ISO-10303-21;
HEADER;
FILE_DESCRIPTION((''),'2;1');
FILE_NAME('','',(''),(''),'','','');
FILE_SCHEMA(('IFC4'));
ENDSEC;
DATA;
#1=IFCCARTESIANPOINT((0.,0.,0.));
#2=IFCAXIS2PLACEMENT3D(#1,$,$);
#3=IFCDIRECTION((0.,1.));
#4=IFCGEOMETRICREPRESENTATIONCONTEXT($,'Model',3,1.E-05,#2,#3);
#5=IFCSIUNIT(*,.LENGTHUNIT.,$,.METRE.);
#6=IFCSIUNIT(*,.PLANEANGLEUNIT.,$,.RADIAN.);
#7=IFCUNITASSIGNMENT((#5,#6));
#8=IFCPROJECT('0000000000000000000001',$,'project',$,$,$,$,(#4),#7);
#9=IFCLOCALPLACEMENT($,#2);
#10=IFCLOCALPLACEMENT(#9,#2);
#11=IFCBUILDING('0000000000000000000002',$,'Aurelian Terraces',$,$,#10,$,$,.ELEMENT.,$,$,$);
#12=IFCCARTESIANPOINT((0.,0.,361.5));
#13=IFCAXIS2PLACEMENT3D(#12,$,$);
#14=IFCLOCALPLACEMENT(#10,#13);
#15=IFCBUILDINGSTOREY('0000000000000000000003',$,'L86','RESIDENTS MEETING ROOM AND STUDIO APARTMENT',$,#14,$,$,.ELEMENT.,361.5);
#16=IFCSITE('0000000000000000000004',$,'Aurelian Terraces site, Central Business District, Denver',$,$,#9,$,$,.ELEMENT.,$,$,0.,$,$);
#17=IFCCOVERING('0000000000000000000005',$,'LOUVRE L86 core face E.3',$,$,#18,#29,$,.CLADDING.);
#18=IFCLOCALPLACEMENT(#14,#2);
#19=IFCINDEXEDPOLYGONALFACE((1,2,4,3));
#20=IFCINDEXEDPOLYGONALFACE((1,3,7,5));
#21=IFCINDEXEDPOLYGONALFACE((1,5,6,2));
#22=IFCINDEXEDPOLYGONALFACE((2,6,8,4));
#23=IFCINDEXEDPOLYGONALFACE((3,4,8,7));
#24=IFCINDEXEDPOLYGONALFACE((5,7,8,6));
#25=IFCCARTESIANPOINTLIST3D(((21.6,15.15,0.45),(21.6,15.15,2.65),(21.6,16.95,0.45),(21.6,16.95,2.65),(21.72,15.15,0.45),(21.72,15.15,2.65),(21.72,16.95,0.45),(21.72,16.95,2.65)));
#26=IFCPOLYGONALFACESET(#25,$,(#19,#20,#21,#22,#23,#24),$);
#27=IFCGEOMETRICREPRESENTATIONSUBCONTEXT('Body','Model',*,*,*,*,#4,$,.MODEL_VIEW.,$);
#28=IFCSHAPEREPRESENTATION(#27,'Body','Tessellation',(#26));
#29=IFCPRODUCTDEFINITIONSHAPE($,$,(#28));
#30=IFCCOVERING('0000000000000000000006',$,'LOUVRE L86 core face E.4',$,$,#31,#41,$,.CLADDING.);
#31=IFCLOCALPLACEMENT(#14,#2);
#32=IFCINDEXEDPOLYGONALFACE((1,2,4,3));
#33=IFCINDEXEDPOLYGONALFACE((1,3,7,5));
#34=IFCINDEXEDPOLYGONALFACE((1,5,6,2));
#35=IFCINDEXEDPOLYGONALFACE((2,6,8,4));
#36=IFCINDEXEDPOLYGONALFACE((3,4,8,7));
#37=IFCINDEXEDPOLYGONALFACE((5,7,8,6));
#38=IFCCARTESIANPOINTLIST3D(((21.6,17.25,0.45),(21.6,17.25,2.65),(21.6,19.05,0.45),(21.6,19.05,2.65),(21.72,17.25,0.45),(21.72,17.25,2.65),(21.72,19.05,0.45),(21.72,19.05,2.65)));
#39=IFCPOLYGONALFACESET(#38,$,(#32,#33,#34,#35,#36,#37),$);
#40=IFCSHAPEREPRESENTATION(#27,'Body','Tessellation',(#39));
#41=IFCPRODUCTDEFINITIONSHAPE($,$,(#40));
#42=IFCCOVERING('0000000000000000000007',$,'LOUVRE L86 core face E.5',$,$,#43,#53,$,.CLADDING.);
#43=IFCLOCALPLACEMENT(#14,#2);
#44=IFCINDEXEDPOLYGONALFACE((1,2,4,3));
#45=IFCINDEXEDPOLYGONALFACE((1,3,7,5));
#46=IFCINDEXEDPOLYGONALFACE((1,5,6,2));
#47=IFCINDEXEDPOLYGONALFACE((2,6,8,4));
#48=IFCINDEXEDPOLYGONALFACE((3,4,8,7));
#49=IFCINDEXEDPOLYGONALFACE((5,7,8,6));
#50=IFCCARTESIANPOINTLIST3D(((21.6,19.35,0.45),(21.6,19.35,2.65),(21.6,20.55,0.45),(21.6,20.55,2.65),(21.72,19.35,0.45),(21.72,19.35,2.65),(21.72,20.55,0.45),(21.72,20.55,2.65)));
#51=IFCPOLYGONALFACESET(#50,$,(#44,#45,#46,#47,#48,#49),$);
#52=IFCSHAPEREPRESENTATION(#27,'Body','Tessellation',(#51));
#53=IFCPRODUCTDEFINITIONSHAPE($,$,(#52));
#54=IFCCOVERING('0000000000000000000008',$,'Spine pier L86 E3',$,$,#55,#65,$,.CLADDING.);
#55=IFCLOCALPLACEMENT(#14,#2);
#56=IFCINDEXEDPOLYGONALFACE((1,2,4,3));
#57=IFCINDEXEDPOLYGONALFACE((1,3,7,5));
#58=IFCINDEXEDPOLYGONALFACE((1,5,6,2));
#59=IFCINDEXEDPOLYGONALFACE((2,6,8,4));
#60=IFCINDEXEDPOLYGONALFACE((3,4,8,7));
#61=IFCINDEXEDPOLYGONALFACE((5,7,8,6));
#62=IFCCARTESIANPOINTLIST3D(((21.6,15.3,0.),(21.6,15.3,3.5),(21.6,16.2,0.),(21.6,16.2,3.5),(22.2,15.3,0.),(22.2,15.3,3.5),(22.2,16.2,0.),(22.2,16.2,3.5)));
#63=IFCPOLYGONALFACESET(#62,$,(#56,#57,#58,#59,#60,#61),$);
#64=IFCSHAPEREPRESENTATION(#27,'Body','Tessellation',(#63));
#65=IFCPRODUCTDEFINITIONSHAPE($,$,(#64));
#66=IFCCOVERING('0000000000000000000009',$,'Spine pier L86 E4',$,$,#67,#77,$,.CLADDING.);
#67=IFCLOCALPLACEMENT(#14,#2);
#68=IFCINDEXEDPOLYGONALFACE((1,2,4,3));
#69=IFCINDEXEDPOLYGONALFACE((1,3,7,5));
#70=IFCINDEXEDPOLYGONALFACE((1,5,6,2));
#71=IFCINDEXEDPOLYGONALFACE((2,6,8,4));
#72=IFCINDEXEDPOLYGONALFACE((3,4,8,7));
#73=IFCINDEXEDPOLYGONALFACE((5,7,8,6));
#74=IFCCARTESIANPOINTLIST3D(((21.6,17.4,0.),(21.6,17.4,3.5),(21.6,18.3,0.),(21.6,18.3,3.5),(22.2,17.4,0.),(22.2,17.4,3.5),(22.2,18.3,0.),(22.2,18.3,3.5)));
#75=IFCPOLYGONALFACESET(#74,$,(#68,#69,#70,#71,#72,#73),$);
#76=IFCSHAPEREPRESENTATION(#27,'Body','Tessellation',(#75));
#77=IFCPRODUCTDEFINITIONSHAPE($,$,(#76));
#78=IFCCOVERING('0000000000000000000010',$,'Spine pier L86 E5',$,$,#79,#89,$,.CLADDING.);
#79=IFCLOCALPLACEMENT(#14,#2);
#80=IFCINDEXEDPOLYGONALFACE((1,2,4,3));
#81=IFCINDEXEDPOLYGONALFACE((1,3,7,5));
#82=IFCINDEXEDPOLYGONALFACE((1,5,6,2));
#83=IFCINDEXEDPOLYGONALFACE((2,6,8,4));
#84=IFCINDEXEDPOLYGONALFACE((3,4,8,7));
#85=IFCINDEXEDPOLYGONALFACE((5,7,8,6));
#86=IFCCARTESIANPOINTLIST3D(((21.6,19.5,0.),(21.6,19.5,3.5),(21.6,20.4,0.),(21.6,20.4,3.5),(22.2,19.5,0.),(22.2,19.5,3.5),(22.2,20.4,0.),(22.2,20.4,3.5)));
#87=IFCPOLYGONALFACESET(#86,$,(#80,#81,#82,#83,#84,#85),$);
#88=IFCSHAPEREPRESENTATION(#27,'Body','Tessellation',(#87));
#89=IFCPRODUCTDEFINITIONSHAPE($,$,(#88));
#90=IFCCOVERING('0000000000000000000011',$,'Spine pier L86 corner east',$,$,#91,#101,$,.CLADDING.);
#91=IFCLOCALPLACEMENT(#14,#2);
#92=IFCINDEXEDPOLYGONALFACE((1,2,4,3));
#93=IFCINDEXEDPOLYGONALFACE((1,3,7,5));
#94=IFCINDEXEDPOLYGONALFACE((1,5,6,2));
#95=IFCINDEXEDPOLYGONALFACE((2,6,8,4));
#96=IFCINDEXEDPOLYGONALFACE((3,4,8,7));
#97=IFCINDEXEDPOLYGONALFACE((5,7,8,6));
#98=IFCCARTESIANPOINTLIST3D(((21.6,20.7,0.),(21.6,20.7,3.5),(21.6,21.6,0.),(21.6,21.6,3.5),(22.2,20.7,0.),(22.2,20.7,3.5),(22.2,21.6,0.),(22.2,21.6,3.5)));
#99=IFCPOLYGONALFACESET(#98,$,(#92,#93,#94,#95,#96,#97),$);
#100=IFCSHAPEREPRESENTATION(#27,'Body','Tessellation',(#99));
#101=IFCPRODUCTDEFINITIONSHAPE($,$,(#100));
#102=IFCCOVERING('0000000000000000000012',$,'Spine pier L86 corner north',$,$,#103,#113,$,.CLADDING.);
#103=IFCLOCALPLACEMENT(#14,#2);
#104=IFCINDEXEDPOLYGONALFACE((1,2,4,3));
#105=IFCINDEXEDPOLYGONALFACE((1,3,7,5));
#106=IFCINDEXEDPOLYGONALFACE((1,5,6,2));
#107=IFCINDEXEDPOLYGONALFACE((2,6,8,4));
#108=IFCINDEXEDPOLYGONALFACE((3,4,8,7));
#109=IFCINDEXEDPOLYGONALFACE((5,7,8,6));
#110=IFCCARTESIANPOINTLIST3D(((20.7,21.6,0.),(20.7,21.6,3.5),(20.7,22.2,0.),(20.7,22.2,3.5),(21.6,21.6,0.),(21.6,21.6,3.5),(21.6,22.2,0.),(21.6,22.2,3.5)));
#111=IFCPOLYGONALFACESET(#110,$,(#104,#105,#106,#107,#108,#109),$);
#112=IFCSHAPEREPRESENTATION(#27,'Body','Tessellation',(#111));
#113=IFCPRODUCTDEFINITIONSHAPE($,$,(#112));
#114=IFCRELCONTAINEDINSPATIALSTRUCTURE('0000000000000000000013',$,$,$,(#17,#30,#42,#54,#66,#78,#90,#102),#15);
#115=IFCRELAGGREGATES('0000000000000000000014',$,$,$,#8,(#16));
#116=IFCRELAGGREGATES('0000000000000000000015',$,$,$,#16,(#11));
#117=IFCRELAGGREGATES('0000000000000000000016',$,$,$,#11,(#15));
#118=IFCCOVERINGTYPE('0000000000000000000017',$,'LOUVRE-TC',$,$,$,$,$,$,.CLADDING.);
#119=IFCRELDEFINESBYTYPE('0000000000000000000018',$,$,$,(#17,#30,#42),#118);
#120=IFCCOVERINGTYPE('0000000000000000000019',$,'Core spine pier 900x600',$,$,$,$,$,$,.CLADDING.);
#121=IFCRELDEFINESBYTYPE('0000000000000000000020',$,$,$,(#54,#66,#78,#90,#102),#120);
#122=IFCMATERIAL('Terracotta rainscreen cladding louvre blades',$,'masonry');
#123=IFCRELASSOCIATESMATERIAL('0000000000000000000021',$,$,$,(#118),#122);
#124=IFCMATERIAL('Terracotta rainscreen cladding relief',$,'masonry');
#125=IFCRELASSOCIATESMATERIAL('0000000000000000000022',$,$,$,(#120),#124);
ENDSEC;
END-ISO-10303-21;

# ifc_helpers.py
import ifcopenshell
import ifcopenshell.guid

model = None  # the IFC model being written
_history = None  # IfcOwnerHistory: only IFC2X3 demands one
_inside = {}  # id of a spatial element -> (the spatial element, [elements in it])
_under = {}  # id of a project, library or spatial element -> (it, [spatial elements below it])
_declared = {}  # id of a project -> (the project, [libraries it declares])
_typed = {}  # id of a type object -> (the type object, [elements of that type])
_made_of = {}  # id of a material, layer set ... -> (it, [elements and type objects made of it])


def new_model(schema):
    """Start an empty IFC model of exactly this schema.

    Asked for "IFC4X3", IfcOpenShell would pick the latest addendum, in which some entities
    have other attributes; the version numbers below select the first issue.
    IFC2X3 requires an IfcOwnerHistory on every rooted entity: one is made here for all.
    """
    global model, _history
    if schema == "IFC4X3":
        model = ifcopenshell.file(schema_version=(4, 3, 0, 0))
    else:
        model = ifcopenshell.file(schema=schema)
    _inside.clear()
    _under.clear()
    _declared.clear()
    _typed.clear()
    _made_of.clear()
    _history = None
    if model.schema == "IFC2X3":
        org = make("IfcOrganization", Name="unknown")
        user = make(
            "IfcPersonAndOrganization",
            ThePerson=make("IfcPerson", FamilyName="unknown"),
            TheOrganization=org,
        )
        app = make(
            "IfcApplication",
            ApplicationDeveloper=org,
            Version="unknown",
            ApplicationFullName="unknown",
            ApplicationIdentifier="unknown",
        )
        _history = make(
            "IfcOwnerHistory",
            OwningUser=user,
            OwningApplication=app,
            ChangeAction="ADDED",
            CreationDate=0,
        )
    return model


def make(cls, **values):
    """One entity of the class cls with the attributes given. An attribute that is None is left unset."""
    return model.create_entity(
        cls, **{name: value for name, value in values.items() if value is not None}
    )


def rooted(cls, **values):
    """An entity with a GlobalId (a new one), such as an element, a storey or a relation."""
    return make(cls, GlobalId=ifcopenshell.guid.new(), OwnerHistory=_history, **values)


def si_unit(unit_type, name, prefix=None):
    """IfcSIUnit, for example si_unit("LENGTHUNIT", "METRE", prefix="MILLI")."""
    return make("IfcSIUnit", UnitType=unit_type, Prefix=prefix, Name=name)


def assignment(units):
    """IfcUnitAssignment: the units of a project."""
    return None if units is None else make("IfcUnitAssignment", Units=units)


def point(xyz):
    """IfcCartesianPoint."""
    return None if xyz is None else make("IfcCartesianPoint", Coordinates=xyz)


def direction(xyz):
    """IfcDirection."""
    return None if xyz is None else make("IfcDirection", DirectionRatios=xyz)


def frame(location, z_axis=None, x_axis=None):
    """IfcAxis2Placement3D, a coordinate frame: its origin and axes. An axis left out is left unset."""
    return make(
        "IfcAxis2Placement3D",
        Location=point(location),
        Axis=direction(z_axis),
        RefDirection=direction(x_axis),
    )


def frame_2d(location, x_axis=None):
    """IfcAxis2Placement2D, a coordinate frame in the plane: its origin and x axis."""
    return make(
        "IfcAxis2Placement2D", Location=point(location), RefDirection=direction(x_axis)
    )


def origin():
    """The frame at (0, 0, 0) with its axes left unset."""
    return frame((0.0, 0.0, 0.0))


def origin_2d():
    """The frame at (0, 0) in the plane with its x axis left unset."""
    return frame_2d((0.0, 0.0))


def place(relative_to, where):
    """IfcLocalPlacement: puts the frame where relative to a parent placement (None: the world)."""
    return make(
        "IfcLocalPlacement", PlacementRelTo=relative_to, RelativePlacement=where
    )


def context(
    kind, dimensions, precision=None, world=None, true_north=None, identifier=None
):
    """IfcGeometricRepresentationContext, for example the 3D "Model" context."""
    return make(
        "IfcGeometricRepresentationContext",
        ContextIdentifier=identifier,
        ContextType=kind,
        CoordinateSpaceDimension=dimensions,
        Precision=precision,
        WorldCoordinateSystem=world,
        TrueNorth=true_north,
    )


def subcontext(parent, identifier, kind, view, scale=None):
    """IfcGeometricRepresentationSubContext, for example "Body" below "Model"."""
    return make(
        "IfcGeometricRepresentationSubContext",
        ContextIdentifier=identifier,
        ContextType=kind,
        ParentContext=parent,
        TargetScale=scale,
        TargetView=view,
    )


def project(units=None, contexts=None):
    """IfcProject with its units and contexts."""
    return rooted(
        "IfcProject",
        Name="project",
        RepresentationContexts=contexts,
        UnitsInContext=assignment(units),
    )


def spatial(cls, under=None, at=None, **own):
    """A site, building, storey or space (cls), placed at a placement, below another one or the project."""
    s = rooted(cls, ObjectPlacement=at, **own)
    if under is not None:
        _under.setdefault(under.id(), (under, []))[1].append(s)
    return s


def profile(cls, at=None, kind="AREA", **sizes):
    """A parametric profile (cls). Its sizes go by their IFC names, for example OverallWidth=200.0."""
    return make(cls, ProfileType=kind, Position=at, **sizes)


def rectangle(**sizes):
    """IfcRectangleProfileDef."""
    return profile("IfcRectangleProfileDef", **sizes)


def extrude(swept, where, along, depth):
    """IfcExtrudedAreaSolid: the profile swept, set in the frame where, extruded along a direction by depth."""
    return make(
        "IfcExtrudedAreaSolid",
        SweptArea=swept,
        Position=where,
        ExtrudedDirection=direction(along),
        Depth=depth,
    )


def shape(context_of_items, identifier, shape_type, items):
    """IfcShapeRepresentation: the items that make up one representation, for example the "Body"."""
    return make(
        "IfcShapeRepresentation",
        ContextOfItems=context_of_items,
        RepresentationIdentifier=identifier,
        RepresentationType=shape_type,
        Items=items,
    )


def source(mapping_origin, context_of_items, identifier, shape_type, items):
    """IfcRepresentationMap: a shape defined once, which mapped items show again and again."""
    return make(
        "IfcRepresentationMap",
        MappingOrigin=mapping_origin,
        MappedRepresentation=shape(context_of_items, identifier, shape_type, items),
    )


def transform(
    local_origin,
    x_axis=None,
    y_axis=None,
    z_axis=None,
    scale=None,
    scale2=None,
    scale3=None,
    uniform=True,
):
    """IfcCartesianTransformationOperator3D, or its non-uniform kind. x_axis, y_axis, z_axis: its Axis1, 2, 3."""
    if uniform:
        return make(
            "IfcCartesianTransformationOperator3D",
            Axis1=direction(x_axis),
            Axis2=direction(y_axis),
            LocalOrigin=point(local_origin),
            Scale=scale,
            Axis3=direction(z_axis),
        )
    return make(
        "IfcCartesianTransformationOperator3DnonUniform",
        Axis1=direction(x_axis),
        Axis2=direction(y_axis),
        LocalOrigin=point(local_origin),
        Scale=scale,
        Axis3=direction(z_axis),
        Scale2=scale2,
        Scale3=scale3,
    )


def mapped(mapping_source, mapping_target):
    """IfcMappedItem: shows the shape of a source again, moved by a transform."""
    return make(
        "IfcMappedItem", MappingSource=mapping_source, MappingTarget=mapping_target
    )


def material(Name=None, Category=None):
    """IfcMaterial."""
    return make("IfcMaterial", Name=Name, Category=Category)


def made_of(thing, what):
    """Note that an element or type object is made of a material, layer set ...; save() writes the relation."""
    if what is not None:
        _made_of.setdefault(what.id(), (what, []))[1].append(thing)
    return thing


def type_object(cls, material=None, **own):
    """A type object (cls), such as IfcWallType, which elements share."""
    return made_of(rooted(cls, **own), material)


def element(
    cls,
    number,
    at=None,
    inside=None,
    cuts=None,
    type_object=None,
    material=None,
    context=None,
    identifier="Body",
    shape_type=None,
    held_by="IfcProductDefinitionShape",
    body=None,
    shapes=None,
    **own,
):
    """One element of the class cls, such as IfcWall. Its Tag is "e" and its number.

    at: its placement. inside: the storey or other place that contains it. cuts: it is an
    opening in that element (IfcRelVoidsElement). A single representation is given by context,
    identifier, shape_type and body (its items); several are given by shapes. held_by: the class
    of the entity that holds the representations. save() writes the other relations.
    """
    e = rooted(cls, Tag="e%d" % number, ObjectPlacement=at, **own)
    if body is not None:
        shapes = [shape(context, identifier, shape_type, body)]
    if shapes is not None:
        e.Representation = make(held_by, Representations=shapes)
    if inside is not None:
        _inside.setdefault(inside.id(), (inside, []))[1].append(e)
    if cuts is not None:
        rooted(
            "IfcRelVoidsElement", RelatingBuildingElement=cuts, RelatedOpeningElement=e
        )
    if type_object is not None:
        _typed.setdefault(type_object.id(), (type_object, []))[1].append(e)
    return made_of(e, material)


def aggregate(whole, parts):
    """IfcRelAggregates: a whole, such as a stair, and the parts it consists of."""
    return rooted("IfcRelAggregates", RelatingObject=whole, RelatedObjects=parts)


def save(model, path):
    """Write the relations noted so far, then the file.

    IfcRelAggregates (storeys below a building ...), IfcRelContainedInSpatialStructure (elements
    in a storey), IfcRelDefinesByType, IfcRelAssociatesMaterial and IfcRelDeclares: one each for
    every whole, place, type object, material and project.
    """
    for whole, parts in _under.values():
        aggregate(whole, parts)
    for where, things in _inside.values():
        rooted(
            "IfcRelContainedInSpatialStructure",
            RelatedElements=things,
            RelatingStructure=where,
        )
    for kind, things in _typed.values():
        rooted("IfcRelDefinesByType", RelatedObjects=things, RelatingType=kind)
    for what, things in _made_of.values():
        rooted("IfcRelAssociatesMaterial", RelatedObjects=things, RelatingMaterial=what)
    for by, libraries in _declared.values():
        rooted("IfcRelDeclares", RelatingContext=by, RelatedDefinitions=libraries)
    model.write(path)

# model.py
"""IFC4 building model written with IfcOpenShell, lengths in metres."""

from ifc_helpers import new_model, si_unit, direction, frame, origin, origin_2d, place, context, subcontext, project, spatial, rectangle, extrude, source, transform, mapped, material, type_object, element, save


model = new_model("IFC4")

# Units and contexts
model_context = context("Model", 3, precision=1e-05, world=origin(), true_north=direction((0.0, 1.0)))
body_context = subcontext(model_context, "Body", "Model", "MODEL_VIEW")
ifc_project = project(units=[si_unit("LENGTHUNIT", "METRE"), si_unit("PLANEANGLEUNIT", "RADIAN")], contexts=[model_context])

# Site, building, storey
site_placement = place(None, origin())
site = spatial("IfcSite", under=ifc_project, at=site_placement, Name="Aurelian Terraces site, Central Business District, Denver", CompositionType="ELEMENT", RefElevation=0.0)
building_placement = place(site_placement, origin())
building = spatial("IfcBuilding", under=site, at=building_placement, Name="Aurelian Terraces", CompositionType="ELEMENT")
storey_placement = place(building_placement, frame((0.0, 0.0, 361.5)))
storey = spatial("IfcBuildingStorey", under=building, at=storey_placement, Name="L86", Description="RESIDENTS MEETING ROOM AND STUDIO APARTMENT", CompositionType="ELEMENT", Elevation=361.5)

# Coverings
ifc_material_1 = material(Name="Terracotta rainscreen cladding louvre blades", Category="masonry")
covering_type_1 = type_object("IfcCoveringType", Name="LOUVRE-TC", PredefinedType="CLADDING", material=ifc_material_1)
shared_shape_1 = source(origin(), body_context, "Body", "SweptSolid", [
    extrude(rectangle(XDim=0.12, YDim=1.8, at=origin_2d()), origin(), (0.0, 0.0, 1.0), 2.2),
])
for number, where, z_axis, x_axis, name in (
    (1, (21.66, 16.05, 0.45), (0.0, 0.0, 1.0), (1.0, 0.0, 0.0), "LOUVRE L86 core face E.3"),
    (2, (21.66, 18.15, 0.45), (0.0, 0.0, 1.0), (1.0, 0.0, 0.0), "LOUVRE L86 core face E.4"),
):
    element("IfcCovering", number, at=place(storey_placement, frame(where, z_axis=z_axis, x_axis=x_axis)), inside=storey, type_object=covering_type_1, Name=name, PredefinedType="CLADDING", context=body_context, shape_type="MappedRepresentation", body=[
        mapped(shared_shape_1, transform((0.0, 0.0, 0.0), scale=1.0)),
    ])
shared_shape_2 = source(origin(), body_context, "Body", "SweptSolid", [
    extrude(rectangle(XDim=0.12, YDim=1.2, at=origin_2d()), origin(), (0.0, 0.0, 1.0), 2.2),
])
covering_1_placement = place(storey_placement, frame((21.66, 19.95, 0.45), z_axis=(0.0, 0.0, 1.0), x_axis=(1.0, 0.0, 0.0)))
element("IfcCovering", 3, at=covering_1_placement, inside=storey, type_object=covering_type_1, Name="LOUVRE L86 core face E.5", PredefinedType="CLADDING", context=body_context, shape_type="MappedRepresentation", body=[
    mapped(shared_shape_2, transform((0.0, 0.0, 0.0), scale=1.0)),
])
ifc_material_2 = material(Name="Terracotta rainscreen cladding relief", Category="masonry")
covering_type_2 = type_object("IfcCoveringType", Name="Core spine pier 900x600", PredefinedType="CLADDING", material=ifc_material_2)
shared_shape_3 = source(origin(), body_context, "Body", "SweptSolid", [
    extrude(rectangle(XDim=0.6, YDim=0.9, at=origin_2d()), origin(), (0.0, 0.0, 1.0), 3.5),
])
for number, where, z_axis, x_axis, name in (
    (4, (21.9, 15.75, 0.0), (0.0, 0.0, 1.0), (1.0, 0.0, 0.0), "Spine pier L86 E3"),
    (5, (21.9, 17.85, 0.0), (0.0, 0.0, 1.0), (1.0, 0.0, 0.0), "Spine pier L86 E4"),
    (6, (21.9, 19.95, 0.0), (0.0, 0.0, 1.0), (1.0, 0.0, 0.0), "Spine pier L86 E5"),
    (7, (21.9, 21.15, 0.0), (0.0, 0.0, 1.0), (1.0, 0.0, 0.0), "Spine pier L86 corner east"),
):
    element("IfcCovering", number, at=place(storey_placement, frame(where, z_axis=z_axis, x_axis=x_axis)), inside=storey, type_object=covering_type_2, Name=name, PredefinedType="CLADDING", context=body_context, shape_type="MappedRepresentation", body=[
        mapped(shared_shape_3, transform((0.0, 0.0, 0.0), scale=1.0)),
    ])
shared_shape_4 = source(origin(), body_context, "Body", "SweptSolid", [
    extrude(rectangle(XDim=0.9, YDim=0.6, at=origin_2d()), origin(), (0.0, 0.0, 1.0), 3.5),
])
covering_2_placement = place(storey_placement, frame((21.15, 21.9, 0.0), z_axis=(0.0, 0.0, 1.0), x_axis=(1.0, 0.0, 0.0)))
element("IfcCovering", 8, at=covering_2_placement, inside=storey, type_object=covering_type_2, Name="Spine pier L86 corner north", PredefinedType="CLADDING", context=body_context, shape_type="MappedRepresentation", body=[
    mapped(shared_shape_4, transform((0.0, 0.0, 0.0), scale=1.0)),
])

save(model, "model.ifc")
